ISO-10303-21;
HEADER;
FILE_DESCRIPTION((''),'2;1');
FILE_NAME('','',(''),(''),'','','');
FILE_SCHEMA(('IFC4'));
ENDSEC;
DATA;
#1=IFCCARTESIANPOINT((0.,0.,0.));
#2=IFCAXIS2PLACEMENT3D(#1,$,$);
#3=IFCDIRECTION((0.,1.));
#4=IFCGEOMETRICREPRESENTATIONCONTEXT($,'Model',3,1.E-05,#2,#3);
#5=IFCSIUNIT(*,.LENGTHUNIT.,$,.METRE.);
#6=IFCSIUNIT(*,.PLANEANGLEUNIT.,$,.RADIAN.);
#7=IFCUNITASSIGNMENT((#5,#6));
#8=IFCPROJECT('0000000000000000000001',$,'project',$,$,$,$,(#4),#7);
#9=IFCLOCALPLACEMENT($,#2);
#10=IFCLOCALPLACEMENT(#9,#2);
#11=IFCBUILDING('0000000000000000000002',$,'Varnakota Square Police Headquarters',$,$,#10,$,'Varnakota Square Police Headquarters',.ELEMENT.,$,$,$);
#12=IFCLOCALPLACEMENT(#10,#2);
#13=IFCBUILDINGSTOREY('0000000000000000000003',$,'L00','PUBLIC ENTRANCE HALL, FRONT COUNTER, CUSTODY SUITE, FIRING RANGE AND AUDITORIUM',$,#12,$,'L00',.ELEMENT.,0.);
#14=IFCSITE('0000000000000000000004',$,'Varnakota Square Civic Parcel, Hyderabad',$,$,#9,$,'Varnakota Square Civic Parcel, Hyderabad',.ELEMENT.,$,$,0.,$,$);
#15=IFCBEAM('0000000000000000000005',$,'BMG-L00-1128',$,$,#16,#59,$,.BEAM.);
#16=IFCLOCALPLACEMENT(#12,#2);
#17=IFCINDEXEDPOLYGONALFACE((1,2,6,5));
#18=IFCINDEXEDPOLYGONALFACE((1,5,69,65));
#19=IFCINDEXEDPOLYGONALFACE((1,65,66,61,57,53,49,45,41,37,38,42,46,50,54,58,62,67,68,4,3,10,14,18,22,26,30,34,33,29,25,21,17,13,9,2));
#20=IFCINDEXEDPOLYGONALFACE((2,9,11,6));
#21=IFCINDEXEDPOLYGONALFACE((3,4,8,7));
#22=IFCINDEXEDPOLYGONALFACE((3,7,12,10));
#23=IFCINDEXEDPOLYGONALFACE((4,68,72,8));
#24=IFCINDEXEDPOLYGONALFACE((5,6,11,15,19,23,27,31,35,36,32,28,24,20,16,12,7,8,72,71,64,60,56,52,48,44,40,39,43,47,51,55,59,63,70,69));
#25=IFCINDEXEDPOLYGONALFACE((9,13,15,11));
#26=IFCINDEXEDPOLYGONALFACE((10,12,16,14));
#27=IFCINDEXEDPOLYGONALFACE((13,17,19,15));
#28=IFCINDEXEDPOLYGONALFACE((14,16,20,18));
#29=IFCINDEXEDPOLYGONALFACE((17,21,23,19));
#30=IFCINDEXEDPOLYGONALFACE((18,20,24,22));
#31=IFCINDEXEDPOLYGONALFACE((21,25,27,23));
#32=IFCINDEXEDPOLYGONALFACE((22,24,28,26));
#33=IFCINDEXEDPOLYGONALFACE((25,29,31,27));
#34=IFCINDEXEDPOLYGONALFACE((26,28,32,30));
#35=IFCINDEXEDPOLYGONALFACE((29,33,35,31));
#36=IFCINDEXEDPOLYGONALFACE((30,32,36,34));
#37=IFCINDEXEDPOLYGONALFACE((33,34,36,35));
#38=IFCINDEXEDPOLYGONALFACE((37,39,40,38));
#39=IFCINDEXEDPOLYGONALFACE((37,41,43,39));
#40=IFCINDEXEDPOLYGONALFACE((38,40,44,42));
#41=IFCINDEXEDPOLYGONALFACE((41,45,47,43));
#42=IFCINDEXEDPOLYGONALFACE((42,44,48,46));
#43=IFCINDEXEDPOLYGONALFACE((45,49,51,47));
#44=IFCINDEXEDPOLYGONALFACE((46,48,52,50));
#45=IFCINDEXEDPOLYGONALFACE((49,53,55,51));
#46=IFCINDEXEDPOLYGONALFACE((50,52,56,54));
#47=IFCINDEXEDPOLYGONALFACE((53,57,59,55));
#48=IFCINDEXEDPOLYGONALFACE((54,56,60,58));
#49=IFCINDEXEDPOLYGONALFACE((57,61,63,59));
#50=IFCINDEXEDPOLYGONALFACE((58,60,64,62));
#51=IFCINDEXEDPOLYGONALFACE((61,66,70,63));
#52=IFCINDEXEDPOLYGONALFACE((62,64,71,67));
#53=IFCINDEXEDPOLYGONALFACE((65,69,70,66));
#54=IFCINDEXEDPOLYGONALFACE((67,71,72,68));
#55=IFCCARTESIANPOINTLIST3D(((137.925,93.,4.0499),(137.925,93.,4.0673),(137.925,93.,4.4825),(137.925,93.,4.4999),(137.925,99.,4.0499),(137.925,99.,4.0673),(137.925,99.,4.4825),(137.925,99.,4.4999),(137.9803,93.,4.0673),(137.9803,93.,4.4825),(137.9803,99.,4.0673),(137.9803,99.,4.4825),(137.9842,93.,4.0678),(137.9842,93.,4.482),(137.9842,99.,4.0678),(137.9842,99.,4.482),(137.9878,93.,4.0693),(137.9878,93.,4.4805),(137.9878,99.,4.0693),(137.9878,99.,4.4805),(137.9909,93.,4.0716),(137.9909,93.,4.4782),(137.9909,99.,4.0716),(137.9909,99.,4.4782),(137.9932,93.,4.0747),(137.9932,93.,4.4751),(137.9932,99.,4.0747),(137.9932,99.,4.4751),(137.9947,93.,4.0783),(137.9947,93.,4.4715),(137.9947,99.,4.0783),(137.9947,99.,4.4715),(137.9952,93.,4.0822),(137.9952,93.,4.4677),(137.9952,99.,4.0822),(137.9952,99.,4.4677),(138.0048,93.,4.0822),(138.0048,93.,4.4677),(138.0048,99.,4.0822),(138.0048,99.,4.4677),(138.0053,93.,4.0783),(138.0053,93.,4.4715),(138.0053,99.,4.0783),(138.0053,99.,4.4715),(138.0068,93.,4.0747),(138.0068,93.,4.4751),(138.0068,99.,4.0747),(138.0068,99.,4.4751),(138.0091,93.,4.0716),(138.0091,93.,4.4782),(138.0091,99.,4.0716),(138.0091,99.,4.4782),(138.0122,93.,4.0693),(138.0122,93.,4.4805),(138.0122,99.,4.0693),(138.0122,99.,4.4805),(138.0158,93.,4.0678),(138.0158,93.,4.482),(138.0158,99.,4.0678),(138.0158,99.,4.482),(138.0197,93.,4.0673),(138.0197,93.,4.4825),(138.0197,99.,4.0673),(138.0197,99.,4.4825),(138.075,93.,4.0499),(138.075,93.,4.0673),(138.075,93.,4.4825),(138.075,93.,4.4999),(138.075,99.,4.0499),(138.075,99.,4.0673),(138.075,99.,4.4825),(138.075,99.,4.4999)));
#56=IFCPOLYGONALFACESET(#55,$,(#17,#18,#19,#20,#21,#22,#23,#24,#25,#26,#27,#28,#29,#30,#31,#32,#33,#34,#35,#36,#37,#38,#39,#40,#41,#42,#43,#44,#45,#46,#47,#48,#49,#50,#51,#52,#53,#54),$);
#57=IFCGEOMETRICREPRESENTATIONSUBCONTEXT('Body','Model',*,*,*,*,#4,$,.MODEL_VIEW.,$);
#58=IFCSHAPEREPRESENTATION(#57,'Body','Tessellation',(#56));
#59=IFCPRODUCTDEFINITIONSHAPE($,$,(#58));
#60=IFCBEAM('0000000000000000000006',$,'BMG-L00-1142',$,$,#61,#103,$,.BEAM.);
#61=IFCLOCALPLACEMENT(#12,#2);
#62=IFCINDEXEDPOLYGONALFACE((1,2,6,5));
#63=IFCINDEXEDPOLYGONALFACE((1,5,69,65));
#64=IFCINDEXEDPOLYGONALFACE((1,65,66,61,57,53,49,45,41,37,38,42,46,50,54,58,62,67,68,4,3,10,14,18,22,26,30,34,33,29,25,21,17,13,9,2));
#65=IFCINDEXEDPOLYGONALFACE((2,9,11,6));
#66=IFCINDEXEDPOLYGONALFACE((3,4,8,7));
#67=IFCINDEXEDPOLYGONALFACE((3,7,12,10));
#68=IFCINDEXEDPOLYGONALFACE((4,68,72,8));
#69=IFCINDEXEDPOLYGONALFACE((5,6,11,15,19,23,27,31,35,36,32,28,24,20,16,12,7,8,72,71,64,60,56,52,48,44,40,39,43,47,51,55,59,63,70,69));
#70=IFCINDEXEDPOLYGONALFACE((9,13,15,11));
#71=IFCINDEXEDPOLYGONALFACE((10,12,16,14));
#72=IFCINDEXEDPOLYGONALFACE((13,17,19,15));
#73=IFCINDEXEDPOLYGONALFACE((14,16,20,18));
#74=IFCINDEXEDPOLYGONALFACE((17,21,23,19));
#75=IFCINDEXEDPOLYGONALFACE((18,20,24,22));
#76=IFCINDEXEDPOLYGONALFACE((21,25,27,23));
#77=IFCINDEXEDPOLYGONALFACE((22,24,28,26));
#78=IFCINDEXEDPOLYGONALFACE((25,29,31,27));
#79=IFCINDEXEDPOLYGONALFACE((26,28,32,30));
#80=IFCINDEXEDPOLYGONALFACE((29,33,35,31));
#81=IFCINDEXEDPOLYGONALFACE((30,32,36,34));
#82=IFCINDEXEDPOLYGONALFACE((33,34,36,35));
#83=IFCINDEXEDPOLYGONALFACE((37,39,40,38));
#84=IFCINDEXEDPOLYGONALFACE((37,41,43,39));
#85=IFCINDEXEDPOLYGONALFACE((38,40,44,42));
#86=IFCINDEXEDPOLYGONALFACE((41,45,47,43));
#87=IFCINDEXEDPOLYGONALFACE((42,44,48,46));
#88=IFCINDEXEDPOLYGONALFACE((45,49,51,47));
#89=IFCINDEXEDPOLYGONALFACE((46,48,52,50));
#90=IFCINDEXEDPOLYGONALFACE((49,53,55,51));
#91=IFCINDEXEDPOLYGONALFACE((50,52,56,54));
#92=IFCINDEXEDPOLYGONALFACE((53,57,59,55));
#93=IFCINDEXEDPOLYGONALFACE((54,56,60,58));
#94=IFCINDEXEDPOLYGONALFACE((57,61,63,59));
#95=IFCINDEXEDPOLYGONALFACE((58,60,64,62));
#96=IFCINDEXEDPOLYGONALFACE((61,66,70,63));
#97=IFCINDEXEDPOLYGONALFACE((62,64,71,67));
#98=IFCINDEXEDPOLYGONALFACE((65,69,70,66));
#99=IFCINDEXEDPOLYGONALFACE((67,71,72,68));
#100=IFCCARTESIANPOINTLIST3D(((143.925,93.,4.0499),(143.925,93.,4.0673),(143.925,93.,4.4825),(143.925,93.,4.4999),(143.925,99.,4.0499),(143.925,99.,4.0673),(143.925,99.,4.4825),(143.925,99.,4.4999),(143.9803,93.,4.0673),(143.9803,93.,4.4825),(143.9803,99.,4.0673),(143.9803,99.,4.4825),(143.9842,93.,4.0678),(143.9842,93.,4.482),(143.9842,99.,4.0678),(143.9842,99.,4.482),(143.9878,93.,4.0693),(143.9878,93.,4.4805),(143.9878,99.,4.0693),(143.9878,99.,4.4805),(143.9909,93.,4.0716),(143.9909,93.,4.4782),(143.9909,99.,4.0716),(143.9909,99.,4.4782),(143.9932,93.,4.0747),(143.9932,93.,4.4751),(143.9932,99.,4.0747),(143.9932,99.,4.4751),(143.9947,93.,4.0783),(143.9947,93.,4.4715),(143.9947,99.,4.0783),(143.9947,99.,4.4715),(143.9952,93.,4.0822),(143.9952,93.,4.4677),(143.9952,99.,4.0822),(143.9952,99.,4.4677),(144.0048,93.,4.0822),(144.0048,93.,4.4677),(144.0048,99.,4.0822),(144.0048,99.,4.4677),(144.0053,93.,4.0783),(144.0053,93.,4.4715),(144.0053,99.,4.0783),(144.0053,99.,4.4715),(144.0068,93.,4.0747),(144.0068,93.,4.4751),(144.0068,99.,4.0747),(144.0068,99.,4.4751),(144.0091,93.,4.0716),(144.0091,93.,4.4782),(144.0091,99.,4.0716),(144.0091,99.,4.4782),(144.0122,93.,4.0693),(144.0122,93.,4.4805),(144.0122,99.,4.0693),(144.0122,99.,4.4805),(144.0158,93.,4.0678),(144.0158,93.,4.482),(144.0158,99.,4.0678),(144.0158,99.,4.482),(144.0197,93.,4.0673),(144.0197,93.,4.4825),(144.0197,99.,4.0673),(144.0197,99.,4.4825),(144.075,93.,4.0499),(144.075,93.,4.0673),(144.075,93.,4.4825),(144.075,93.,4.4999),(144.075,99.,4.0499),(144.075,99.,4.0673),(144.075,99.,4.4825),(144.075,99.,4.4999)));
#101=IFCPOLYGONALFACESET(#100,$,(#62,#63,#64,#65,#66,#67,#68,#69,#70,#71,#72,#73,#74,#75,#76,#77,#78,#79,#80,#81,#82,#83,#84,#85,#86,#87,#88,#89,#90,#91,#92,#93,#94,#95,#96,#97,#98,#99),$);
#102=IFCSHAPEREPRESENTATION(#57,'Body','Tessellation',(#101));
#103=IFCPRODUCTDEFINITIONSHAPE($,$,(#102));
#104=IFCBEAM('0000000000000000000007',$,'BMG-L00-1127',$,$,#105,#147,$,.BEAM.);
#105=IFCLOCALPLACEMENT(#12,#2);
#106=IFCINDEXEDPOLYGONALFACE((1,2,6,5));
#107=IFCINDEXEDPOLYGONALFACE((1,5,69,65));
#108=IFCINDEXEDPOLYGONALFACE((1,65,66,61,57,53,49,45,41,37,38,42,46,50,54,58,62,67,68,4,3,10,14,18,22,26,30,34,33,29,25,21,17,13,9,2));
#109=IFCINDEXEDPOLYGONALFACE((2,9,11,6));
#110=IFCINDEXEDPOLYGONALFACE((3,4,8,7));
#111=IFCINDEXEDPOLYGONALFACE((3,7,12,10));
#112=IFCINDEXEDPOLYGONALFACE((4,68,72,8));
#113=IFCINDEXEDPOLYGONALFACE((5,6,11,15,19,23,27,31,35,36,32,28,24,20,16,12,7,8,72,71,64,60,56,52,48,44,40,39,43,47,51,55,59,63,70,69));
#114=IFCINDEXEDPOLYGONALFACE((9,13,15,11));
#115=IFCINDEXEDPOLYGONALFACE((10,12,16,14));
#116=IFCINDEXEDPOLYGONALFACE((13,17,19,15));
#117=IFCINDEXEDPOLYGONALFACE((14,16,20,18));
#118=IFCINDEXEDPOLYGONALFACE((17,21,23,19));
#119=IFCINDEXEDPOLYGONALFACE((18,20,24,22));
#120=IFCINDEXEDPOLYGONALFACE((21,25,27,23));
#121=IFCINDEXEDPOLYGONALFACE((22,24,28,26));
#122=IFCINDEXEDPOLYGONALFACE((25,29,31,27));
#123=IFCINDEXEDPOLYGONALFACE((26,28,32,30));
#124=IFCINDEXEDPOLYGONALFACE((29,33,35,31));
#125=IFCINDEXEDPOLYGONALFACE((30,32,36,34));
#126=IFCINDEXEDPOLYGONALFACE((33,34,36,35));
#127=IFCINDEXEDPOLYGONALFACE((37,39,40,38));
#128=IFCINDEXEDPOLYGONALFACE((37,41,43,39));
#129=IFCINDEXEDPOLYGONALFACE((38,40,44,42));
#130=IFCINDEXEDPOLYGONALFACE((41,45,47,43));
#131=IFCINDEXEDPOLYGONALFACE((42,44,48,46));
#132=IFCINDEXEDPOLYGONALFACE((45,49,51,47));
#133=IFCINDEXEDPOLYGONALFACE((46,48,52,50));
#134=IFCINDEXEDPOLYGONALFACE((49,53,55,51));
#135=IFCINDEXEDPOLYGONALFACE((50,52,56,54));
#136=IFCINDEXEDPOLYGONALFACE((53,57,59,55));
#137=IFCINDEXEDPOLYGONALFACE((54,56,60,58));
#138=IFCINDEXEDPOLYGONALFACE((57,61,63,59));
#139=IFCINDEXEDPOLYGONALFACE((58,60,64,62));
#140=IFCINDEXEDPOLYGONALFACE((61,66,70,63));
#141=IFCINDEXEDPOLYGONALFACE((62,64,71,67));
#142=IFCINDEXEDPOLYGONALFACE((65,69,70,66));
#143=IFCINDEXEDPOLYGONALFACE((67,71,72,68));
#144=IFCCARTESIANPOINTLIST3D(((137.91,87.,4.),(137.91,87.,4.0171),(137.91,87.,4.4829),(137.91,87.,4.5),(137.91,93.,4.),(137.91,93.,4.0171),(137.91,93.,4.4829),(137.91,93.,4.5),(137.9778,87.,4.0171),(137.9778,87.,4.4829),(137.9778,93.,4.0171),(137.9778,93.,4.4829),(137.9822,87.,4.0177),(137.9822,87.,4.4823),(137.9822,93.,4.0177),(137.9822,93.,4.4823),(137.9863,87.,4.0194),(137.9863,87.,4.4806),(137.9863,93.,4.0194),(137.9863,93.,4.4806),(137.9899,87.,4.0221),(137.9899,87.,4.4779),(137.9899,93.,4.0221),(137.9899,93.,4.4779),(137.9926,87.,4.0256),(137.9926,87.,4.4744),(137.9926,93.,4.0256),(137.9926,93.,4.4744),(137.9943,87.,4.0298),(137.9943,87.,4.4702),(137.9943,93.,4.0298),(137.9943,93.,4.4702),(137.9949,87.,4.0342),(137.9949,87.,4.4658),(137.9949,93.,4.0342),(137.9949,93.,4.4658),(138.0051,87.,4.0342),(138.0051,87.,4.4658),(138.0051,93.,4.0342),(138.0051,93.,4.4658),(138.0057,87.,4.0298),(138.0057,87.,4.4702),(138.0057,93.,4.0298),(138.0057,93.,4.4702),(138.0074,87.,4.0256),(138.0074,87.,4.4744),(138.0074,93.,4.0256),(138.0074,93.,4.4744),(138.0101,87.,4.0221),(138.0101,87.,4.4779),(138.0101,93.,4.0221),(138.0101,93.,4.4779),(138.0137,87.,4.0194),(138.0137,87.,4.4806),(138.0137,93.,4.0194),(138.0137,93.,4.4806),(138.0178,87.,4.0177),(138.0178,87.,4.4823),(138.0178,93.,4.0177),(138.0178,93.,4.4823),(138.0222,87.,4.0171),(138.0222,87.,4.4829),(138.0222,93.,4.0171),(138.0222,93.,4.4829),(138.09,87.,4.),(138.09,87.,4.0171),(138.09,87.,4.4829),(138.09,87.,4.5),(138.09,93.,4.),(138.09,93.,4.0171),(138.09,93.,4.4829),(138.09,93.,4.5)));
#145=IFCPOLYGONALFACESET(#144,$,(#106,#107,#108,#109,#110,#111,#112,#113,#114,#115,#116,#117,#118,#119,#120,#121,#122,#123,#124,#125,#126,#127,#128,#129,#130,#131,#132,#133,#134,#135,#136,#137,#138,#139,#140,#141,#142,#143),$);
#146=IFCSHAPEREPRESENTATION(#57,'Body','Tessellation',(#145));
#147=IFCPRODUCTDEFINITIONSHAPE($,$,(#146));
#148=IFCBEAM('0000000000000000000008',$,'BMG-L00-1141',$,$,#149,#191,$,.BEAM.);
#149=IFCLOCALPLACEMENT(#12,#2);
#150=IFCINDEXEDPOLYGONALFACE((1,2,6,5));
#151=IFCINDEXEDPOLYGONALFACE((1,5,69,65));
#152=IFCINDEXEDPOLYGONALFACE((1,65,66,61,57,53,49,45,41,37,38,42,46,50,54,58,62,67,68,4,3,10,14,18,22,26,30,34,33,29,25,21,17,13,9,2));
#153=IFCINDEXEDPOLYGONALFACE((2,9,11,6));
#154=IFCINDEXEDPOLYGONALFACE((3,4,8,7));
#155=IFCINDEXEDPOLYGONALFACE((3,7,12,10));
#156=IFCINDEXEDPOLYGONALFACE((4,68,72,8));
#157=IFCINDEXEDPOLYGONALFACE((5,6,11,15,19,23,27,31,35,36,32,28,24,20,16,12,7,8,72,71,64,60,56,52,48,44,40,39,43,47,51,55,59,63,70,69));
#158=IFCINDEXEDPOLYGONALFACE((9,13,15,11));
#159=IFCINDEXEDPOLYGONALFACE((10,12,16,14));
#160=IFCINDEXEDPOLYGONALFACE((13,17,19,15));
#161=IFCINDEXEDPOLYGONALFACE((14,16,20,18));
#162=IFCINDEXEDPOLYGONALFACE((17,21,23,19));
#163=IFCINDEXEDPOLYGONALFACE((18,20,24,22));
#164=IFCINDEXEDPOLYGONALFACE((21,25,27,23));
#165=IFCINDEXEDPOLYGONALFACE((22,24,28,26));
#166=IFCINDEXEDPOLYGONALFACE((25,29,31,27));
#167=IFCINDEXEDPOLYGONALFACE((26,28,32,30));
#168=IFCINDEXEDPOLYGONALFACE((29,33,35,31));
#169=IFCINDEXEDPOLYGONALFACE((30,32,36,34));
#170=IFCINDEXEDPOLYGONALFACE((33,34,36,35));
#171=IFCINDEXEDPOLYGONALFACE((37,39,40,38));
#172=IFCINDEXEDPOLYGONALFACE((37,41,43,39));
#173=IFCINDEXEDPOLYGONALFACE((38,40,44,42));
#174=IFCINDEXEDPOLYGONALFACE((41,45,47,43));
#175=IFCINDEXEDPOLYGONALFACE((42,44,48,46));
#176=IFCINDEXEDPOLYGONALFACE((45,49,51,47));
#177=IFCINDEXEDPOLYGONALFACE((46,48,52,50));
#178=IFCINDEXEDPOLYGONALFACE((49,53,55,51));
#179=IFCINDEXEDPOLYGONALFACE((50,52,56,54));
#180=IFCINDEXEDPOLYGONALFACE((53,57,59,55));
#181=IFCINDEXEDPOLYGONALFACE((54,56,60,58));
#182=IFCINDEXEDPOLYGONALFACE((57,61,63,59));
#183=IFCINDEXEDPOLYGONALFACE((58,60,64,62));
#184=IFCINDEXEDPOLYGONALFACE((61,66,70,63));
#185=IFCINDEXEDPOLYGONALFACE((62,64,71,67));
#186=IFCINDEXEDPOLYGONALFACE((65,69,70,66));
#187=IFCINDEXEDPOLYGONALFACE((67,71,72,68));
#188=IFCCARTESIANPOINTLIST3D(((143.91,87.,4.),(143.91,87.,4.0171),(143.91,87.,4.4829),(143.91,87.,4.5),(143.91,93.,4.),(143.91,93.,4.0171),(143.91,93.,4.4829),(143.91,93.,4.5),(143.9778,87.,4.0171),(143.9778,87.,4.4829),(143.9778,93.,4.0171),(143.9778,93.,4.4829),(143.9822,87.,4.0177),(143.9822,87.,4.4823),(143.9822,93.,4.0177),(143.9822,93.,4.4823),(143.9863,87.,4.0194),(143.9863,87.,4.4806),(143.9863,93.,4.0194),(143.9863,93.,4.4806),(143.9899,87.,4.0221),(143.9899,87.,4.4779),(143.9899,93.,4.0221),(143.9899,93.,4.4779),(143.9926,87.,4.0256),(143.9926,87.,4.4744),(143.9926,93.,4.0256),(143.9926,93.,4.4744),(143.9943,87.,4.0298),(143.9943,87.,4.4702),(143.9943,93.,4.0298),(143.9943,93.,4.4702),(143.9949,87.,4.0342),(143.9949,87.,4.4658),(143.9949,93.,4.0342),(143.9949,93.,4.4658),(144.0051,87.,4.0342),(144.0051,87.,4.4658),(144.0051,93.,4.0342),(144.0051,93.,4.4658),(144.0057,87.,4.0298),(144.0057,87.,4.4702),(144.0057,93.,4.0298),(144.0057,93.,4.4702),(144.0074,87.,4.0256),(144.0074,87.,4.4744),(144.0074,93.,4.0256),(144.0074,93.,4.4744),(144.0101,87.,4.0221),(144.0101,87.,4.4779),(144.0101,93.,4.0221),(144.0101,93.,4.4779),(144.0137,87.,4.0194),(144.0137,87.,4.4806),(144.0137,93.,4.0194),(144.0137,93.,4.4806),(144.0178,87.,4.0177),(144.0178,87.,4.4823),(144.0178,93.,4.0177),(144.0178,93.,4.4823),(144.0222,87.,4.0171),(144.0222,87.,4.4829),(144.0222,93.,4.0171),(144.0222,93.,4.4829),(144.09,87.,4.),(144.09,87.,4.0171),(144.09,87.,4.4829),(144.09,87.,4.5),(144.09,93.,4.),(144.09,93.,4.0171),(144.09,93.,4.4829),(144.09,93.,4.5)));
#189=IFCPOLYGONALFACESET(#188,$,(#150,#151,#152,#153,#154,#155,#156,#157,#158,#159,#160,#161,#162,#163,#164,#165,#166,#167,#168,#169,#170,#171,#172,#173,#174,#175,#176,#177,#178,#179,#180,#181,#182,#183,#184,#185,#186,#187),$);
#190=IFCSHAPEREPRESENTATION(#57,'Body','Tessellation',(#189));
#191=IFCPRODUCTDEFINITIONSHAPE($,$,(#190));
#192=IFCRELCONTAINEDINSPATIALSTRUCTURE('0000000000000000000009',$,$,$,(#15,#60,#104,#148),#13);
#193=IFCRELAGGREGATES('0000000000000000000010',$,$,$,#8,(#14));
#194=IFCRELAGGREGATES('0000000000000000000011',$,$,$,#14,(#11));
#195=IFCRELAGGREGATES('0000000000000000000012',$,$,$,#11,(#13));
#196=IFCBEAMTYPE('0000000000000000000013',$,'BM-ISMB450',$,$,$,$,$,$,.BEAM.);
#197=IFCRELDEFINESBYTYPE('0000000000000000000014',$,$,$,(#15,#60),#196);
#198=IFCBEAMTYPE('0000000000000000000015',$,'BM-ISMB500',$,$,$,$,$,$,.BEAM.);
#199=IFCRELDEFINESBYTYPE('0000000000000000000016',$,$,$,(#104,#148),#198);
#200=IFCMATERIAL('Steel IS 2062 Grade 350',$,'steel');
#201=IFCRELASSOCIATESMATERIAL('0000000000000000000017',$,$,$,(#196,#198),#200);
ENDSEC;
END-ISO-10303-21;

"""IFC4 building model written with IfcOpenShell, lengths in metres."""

from ifc_helpers import new_model, si_unit, direction, frame, origin, origin_2d, place, context, subcontext, project, spatial, i_section, extrude, material, material_profile, profile_set, type_object, element, save


model = new_model("IFC4")

# Units and contexts
model_context = context("Model", 3, precision=1e-05, world=origin(), true_north=direction((0.0, 1.0)))
body_context = subcontext(model_context, "Body", "Model", "MODEL_VIEW")
ifc_project = project(units=[si_unit("LENGTHUNIT", "METRE"), si_unit("PLANEANGLEUNIT", "RADIAN")], contexts=[model_context])

# Site, building, storey
site_placement = place(None, origin())
site = spatial("IfcSite", under=ifc_project, at=site_placement, Name="Varnakota Square Civic Parcel, Hyderabad", LongName="Varnakota Square Civic Parcel, Hyderabad", CompositionType="ELEMENT", RefElevation=0.0)
building_placement = place(site_placement, origin())
building = spatial("IfcBuilding", under=site, at=building_placement, Name="Varnakota Square Police Headquarters", LongName="Varnakota Square Police Headquarters", CompositionType="ELEMENT")
storey_placement = place(building_placement, origin())
storey = spatial("IfcBuildingStorey", under=building, at=storey_placement, Name="L00", Description="PUBLIC ENTRANCE HALL, FRONT COUNTER, CUSTODY SUITE, FIRING RANGE AND AUDITORIUM", LongName="L00", CompositionType="ELEMENT", Elevation=0.0)

# Beams
ifc_material_1 = material(Name="Steel IS 2062 Grade 350", Category="steel")
ifc_material_profile_1 = material_profile(ifc_material_1, i_section(OverallWidth=0.1499, OverallDepth=0.45, WebThickness=0.0095, FlangeThickness=0.0173, FilletRadius=0.0149, at=origin_2d()), Name="ISMB 450")
ifc_profile_set_1 = profile_set([ifc_material_profile_1], Name="Steel IS 2062 Grade 350")
beam_type_1 = type_object("IfcBeamType", Name="BM-ISMB450", PredefinedType="BEAM", material=ifc_profile_set_1)
for number, where, z_axis, x_axis, name in (
    (1, (138.0, 93.0, 4.2749), (0.0, 1.0, 0.0), (-1.0, 0.0, 0.0), "BMG-L00-1128"),
    (2, (144.0, 93.0, 4.2749), (0.0, 1.0, 0.0), (-1.0, 0.0, 0.0), "BMG-L00-1142"),
):
    element("IfcBeam", number, at=place(storey_placement, frame(where, z_axis=z_axis, x_axis=x_axis)), inside=storey, type_object=beam_type_1, Name=name, PredefinedType="BEAM", context=body_context, shape_type="SweptSolid", body=[
        extrude(i_section(OverallWidth=0.1499, OverallDepth=0.45, WebThickness=0.0095, FlangeThickness=0.0173, FilletRadius=0.0149, at=origin_2d()), origin(), (0.0, 0.0, 1.0), 6.0),
    ])
ifc_material_profile_2 = material_profile(ifc_material_1, i_section(OverallWidth=0.1799, OverallDepth=0.5, WebThickness=0.0103, FlangeThickness=0.0171, FilletRadius=0.0171, at=origin_2d()), Name="ISMB 500")
ifc_profile_set_2 = profile_set([ifc_material_profile_2], Name="Steel IS 2062 Grade 350")
beam_type_2 = type_object("IfcBeamType", Name="BM-ISMB500", PredefinedType="BEAM", material=ifc_profile_set_2)
for number, where, z_axis, x_axis, name in (
    (3, (138.0, 87.0, 4.25), (0.0, 1.0, 0.0), (-1.0, 0.0, 0.0), "BMG-L00-1127"),
    (4, (144.0, 87.0, 4.25), (0.0, 1.0, 0.0), (-1.0, 0.0, 0.0), "BMG-L00-1141"),
):
    element("IfcBeam", number, at=place(storey_placement, frame(where, z_axis=z_axis, x_axis=x_axis)), inside=storey, type_object=beam_type_2, Name=name, PredefinedType="BEAM", context=body_context, shape_type="SweptSolid", body=[
        extrude(i_section(OverallWidth=0.1799, OverallDepth=0.5, WebThickness=0.0103, FlangeThickness=0.0171, FilletRadius=0.0171, at=origin_2d()), origin(), (0.0, 0.0, 1.0), 6.0),
    ])

save(model, "model.ifc")
